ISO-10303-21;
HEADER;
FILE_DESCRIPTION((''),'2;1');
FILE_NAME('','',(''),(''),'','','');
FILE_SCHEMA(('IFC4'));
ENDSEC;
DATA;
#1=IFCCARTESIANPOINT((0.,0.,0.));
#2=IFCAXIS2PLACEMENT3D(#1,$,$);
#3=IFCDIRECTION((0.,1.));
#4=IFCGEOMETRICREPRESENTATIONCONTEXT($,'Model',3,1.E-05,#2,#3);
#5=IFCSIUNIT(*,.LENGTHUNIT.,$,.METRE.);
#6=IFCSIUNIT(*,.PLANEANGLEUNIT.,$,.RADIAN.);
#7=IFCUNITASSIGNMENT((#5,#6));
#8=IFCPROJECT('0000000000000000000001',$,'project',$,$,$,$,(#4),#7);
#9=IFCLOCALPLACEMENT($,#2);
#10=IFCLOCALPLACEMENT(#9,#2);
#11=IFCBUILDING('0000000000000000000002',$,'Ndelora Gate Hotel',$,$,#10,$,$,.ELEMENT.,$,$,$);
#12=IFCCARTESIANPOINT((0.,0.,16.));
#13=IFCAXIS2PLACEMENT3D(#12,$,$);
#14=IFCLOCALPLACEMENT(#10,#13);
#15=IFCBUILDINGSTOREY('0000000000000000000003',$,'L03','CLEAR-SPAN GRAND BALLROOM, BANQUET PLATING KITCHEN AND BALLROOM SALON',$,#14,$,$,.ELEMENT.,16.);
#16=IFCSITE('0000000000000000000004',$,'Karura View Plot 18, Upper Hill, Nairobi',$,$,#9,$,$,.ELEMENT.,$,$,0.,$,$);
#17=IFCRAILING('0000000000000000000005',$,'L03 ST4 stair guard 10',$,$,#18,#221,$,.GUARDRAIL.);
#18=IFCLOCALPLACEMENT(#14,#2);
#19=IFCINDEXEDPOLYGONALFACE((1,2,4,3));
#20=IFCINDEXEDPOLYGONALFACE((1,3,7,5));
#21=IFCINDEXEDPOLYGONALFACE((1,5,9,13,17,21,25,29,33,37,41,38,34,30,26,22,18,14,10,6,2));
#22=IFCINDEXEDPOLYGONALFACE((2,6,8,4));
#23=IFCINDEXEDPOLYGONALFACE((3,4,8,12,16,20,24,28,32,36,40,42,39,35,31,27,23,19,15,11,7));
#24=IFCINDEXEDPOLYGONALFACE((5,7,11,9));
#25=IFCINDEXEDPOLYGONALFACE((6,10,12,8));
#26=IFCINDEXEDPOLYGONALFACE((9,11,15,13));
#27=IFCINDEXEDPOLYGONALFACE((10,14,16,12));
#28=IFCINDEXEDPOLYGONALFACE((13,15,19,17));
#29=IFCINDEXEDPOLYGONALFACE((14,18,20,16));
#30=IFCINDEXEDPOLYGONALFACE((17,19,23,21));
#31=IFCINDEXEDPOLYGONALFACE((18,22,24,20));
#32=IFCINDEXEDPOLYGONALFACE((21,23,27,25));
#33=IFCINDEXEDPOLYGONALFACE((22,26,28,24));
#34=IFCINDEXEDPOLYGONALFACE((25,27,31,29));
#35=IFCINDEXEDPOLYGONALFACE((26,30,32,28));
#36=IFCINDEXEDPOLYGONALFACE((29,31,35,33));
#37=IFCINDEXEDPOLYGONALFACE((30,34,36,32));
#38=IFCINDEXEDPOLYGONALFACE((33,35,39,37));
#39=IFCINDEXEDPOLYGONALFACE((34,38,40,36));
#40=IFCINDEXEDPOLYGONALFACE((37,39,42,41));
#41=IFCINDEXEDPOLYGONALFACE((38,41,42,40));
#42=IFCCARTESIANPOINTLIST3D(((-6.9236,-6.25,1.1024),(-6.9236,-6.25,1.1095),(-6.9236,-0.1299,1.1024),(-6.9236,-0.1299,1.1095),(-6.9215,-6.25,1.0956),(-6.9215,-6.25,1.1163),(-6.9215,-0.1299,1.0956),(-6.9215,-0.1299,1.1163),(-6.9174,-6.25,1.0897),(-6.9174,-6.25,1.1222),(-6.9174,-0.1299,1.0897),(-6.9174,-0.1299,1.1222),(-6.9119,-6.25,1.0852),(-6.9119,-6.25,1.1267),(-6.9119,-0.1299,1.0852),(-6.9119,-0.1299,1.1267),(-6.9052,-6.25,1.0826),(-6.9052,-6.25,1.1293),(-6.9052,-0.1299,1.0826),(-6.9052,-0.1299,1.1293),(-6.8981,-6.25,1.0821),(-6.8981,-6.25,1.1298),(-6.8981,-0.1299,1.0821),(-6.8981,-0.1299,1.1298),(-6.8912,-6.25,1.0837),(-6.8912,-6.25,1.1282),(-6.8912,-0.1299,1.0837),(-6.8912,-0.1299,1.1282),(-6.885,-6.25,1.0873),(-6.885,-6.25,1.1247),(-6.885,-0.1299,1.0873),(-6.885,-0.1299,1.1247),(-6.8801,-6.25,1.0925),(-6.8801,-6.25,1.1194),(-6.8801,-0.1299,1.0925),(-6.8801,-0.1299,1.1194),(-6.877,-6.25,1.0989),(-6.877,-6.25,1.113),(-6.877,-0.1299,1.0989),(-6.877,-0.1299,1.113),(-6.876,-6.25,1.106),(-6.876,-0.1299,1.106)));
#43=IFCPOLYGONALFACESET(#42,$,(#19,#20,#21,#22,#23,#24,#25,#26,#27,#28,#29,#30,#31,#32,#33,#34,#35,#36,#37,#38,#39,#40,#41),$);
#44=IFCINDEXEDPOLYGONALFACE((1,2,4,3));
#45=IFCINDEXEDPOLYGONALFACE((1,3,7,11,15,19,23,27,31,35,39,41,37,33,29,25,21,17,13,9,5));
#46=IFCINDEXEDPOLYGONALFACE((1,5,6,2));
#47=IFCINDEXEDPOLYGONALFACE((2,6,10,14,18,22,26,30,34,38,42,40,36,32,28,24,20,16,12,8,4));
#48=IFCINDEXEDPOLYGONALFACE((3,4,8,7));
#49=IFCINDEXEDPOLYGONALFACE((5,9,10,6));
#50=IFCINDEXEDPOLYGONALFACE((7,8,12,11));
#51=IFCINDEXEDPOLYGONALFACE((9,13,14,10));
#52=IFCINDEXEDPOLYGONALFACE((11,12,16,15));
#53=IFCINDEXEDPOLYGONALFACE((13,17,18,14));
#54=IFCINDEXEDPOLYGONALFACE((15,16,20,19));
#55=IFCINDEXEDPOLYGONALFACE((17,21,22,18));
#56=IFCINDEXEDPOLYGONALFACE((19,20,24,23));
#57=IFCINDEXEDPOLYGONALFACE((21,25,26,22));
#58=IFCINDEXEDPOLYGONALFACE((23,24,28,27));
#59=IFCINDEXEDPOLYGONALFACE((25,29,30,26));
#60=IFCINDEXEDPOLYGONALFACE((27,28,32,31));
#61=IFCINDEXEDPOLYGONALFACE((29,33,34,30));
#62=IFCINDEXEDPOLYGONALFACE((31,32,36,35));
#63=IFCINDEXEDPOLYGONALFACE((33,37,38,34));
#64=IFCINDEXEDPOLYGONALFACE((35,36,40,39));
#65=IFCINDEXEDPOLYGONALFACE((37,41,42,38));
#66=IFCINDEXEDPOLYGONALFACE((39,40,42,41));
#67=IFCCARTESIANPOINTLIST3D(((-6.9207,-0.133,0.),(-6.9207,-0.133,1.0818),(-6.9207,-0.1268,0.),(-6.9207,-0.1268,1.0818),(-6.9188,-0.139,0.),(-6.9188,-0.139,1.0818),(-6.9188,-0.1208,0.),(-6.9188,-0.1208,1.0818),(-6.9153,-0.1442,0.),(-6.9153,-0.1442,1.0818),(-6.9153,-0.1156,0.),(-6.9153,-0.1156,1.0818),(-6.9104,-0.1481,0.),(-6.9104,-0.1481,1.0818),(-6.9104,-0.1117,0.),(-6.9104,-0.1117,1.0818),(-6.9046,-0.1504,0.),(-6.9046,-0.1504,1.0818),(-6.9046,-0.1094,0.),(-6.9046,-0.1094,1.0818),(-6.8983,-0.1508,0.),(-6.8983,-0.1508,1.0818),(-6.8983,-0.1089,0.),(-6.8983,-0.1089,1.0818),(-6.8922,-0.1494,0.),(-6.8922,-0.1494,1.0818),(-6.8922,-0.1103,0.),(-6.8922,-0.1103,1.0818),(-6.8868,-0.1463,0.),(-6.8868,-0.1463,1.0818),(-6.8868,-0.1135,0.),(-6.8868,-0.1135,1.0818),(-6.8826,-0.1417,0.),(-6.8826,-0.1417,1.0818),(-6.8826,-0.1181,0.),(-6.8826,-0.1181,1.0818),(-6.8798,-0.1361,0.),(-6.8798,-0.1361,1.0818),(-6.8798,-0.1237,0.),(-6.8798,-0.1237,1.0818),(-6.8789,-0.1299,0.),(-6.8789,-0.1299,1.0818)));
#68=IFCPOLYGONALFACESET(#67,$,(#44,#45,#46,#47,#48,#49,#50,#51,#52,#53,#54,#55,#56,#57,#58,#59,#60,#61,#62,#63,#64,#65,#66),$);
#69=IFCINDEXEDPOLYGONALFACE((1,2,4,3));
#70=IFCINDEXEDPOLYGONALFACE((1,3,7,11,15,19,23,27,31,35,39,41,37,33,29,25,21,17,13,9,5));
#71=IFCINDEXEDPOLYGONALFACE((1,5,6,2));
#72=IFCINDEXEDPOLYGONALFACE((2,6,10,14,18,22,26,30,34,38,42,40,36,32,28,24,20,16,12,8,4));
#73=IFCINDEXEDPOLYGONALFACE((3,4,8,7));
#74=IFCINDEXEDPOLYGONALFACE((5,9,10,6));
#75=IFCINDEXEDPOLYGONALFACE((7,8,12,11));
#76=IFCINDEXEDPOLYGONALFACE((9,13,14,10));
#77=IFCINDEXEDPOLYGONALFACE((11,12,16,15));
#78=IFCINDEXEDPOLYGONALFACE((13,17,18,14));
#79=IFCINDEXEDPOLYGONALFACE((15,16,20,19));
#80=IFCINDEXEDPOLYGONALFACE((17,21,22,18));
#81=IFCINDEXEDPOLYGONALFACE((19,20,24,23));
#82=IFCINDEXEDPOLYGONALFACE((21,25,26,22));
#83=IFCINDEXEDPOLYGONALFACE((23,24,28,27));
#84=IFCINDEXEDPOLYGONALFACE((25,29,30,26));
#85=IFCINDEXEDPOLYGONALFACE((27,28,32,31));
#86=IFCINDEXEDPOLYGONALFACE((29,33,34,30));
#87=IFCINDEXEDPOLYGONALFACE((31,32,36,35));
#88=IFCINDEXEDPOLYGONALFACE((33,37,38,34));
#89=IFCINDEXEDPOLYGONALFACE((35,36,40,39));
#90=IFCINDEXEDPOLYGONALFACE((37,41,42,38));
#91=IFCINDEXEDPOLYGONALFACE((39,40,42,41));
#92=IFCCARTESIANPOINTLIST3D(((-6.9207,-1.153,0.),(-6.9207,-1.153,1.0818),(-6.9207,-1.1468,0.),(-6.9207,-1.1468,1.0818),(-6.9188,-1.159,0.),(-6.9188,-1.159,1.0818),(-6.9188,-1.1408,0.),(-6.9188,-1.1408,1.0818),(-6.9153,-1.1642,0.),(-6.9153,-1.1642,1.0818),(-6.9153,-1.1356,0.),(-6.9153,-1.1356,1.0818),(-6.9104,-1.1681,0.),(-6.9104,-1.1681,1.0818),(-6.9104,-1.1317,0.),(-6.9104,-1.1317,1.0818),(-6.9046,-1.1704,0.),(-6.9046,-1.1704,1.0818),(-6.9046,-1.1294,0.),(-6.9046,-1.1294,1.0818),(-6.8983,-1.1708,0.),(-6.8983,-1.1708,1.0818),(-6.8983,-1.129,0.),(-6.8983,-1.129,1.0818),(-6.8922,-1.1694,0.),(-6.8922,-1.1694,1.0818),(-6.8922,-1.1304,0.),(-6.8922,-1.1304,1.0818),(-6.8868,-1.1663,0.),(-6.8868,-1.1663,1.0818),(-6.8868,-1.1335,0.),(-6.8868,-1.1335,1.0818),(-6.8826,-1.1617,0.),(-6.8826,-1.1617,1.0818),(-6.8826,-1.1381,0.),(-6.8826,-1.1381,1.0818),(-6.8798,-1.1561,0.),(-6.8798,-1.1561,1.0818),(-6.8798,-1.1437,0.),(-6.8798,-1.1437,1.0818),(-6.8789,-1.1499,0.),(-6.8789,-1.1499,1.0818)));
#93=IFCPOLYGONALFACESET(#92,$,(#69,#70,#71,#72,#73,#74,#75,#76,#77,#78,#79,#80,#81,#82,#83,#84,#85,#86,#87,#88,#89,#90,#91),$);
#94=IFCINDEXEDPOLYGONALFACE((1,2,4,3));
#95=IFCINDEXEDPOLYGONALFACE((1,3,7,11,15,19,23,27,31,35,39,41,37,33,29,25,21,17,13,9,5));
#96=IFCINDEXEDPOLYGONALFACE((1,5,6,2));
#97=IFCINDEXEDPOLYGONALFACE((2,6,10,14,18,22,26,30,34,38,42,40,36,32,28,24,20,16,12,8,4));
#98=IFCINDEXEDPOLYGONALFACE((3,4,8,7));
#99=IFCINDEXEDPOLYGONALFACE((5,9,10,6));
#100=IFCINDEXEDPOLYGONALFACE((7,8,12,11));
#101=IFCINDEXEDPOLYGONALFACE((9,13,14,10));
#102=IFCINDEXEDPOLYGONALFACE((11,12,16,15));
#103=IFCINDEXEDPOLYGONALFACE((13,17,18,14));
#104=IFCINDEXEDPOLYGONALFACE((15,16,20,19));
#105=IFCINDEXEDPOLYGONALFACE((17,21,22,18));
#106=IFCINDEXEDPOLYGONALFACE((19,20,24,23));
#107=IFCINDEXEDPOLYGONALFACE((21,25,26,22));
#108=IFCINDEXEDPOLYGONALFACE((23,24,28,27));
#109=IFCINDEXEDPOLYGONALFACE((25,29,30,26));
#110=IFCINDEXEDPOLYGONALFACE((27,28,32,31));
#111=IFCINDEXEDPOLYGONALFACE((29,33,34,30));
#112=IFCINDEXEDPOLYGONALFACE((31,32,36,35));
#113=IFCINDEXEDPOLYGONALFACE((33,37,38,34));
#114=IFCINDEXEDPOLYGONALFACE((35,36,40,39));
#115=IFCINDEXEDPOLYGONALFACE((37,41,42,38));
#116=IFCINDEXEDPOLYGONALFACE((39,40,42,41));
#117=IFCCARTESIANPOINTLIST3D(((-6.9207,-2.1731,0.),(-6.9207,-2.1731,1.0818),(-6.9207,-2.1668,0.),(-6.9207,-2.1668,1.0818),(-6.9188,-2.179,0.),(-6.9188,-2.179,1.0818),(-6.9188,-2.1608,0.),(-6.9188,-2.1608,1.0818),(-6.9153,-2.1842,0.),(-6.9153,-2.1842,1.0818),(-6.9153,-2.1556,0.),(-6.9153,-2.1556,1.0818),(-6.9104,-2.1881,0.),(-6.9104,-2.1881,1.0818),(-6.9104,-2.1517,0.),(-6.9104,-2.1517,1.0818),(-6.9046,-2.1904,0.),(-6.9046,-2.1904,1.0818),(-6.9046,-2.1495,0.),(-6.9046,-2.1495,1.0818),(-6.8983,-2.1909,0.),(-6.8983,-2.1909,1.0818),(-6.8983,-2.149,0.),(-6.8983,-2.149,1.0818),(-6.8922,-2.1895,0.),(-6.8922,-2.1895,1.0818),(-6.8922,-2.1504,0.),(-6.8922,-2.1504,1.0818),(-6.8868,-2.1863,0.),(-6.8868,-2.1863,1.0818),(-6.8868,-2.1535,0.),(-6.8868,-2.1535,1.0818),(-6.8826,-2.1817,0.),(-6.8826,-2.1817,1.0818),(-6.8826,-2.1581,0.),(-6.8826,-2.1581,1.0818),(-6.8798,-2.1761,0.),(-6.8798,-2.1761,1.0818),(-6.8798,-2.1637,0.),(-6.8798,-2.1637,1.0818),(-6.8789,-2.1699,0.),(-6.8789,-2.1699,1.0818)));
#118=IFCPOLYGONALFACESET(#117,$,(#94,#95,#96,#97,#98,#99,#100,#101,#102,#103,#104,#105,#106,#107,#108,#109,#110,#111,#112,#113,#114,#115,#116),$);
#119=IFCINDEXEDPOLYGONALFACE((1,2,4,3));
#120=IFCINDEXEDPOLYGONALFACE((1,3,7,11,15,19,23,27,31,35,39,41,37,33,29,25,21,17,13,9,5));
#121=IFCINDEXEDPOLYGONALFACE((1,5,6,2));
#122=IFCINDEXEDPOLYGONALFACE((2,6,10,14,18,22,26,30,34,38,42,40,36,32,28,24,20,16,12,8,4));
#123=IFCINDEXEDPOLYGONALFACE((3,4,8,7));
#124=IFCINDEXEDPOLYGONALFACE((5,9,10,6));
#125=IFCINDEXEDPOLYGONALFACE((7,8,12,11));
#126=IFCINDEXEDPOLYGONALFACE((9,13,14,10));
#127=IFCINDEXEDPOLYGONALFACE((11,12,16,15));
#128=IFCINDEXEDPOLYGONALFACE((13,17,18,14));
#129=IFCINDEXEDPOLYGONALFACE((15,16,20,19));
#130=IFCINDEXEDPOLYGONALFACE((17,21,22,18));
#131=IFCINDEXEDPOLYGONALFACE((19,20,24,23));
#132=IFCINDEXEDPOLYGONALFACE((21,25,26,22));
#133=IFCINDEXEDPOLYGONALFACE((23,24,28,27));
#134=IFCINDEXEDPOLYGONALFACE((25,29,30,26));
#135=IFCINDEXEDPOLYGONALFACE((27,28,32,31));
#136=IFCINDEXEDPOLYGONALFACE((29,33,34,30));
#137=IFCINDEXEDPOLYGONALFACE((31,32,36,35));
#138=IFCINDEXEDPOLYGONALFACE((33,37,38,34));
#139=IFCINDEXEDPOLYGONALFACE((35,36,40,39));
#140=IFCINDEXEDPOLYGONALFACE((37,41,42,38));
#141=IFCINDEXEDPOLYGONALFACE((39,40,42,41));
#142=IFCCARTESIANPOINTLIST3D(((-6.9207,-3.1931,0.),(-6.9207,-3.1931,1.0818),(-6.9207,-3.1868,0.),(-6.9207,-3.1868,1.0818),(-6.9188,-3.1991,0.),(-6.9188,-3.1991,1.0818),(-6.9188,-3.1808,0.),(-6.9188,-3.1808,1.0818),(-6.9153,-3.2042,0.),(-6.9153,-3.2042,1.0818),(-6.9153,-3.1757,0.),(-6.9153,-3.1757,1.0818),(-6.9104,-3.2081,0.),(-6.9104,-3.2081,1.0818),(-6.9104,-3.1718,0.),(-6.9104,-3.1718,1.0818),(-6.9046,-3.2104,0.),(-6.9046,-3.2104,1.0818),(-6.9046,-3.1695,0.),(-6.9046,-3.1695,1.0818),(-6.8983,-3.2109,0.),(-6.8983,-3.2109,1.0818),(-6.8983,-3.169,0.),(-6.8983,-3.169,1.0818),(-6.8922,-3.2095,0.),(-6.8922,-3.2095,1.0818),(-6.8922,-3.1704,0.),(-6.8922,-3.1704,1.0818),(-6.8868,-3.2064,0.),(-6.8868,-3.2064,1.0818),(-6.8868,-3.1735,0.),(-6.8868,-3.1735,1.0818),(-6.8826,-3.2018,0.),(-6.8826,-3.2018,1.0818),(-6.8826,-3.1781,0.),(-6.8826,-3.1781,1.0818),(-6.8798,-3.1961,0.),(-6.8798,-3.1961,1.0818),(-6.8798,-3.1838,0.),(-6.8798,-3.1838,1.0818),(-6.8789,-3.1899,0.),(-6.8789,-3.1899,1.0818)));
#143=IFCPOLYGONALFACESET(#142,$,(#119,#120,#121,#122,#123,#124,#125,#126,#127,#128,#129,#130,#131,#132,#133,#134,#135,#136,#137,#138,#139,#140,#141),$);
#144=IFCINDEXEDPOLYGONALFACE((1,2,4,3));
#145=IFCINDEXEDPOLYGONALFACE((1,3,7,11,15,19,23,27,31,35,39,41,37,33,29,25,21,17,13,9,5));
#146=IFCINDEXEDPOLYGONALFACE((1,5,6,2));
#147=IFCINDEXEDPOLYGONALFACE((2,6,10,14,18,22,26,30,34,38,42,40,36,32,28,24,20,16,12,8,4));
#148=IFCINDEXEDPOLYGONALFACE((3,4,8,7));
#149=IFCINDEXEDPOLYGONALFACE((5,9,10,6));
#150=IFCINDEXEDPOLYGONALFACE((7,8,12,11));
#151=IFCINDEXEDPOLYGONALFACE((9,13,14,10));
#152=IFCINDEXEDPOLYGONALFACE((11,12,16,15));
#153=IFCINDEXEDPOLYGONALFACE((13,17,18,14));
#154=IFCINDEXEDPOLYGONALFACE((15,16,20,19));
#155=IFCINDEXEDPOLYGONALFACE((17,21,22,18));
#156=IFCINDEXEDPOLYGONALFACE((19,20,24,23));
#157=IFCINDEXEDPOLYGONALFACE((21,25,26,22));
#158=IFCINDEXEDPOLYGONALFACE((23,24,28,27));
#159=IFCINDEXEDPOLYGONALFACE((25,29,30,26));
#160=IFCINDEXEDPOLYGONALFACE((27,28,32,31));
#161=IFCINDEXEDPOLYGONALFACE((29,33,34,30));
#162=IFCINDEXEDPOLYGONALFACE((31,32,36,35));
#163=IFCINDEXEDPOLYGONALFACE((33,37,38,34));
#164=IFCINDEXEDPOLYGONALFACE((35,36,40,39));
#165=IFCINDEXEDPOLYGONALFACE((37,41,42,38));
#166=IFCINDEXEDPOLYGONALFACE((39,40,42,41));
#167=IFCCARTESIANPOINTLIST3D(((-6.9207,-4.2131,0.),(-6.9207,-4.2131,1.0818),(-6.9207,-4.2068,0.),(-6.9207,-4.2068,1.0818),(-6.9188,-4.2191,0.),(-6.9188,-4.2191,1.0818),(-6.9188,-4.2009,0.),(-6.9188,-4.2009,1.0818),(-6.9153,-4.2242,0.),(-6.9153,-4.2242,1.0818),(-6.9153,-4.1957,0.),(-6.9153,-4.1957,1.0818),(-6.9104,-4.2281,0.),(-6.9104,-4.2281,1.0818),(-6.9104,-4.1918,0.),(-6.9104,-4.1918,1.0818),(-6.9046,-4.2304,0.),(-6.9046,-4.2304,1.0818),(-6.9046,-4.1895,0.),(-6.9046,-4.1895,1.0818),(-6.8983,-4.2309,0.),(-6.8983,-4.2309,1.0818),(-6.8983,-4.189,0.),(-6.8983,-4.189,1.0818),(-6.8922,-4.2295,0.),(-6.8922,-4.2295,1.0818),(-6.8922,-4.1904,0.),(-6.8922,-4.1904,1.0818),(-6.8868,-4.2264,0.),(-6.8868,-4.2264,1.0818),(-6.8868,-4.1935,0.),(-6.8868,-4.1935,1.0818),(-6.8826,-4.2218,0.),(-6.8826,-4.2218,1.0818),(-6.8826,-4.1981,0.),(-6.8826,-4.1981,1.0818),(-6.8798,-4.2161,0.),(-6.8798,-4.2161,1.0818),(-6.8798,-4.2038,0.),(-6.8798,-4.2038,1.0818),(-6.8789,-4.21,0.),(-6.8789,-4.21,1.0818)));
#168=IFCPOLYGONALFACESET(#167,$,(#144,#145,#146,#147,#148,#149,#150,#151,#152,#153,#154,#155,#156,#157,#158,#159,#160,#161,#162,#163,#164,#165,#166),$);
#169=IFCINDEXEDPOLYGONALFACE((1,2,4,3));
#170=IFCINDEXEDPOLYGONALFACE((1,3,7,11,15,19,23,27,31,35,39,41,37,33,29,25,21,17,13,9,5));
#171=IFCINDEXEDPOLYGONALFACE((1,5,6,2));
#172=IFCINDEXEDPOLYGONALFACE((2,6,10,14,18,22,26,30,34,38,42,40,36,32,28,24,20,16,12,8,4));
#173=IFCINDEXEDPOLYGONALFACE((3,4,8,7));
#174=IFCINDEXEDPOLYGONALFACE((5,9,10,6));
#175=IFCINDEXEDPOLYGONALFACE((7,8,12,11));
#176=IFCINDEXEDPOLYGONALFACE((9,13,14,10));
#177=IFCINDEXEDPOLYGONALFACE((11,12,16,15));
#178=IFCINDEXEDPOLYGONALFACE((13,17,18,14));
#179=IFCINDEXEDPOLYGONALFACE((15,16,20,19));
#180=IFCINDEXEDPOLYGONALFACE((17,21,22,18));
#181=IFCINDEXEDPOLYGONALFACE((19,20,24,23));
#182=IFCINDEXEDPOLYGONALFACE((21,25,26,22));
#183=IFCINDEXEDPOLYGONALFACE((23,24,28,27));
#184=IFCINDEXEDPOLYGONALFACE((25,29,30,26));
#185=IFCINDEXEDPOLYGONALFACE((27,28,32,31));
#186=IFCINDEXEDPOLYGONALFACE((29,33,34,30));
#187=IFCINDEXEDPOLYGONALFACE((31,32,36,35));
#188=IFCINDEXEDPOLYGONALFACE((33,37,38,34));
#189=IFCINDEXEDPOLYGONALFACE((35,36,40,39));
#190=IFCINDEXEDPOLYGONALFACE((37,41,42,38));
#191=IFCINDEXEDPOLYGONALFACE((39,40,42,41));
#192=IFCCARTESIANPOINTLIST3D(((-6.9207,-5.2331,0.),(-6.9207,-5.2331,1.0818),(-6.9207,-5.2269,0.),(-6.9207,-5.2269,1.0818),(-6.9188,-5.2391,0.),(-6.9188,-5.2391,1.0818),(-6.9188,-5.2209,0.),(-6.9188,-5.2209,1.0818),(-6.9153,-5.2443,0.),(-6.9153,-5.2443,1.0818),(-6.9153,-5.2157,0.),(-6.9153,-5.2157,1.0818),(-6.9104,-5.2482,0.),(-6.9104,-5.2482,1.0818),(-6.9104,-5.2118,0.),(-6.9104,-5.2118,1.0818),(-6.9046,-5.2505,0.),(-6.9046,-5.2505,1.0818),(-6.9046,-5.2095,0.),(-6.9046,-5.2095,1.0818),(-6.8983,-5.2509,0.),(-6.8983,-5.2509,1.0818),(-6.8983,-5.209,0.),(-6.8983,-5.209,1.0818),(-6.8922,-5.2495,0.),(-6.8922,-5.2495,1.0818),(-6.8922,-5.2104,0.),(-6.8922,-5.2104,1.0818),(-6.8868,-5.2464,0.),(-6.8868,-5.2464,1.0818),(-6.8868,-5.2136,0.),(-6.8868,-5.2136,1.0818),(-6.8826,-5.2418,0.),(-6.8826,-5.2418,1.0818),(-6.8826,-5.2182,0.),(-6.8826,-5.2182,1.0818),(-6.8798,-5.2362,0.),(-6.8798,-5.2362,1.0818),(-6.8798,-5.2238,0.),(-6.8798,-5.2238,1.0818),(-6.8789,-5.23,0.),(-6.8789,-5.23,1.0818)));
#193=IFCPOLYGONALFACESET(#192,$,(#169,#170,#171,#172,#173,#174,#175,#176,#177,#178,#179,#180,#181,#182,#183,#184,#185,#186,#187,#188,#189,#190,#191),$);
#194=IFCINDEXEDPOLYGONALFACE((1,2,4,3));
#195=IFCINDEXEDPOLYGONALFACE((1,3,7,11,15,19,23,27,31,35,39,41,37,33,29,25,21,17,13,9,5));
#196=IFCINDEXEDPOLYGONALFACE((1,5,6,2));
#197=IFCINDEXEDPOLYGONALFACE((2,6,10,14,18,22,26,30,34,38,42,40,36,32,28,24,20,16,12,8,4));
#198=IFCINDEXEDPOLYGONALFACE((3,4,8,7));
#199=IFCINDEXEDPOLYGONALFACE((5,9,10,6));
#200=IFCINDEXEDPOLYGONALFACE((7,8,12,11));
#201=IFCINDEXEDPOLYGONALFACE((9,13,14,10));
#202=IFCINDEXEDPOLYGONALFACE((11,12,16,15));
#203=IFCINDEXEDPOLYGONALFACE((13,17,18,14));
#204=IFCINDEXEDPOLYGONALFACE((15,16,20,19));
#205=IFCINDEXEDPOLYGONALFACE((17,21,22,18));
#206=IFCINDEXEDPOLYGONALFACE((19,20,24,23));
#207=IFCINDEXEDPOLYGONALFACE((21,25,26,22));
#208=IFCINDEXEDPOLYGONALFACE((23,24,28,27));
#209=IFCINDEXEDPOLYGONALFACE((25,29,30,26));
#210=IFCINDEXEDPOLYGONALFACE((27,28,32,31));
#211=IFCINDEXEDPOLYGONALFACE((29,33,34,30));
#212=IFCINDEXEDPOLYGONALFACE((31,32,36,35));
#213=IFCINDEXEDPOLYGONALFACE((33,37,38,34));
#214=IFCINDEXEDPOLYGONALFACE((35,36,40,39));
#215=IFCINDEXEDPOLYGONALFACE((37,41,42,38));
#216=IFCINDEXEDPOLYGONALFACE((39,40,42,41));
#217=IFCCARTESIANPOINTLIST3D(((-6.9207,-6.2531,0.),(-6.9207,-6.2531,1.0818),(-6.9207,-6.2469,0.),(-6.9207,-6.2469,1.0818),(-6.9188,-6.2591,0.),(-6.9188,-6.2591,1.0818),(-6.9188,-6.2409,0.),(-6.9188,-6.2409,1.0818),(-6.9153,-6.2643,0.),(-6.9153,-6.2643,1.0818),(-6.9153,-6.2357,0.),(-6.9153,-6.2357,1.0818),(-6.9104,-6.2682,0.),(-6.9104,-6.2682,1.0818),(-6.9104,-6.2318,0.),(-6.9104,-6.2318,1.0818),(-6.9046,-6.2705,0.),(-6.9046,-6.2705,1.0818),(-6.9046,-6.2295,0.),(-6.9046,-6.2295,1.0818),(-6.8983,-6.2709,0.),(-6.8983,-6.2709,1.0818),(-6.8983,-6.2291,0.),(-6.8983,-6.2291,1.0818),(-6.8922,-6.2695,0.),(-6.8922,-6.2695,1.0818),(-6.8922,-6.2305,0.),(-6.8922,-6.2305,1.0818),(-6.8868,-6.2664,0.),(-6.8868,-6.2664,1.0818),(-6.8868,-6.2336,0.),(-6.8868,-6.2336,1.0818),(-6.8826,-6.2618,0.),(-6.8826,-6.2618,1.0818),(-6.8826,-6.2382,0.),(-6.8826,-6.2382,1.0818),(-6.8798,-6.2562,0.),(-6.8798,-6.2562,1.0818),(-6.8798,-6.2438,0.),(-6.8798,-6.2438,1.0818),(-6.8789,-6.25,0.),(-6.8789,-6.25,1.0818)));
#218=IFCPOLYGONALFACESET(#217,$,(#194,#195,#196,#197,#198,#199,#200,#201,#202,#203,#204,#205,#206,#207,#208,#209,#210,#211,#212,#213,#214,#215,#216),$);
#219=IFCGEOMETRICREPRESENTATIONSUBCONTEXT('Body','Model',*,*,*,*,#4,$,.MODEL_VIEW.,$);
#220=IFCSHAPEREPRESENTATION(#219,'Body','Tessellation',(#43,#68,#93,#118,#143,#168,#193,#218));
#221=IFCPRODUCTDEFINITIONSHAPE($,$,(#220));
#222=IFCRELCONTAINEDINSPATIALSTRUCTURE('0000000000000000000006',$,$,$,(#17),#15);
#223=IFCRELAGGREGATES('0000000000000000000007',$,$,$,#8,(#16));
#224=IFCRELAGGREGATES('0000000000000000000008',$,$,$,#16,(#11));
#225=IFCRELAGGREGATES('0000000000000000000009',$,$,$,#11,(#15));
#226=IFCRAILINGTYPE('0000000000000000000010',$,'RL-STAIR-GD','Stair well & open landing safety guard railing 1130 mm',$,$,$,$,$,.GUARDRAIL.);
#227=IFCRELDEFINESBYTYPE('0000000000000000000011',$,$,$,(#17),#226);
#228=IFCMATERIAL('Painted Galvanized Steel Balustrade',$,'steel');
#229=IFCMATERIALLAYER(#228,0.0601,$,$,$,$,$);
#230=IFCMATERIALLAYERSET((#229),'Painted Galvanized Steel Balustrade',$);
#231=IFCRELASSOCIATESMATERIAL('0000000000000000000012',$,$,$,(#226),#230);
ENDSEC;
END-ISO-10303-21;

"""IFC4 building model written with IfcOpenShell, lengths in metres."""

from ifc_helpers import new_model, si_unit, direction, frame, origin, origin_2d, place, context, subcontext, project, spatial, circle, extrude, material, layer, layer_set, type_object, element, save


model = new_model("IFC4")

# Units and contexts
model_context = context("Model", 3, precision=1e-05, world=origin(), true_north=direction((0.0, 1.0)))
body_context = subcontext(model_context, "Body", "Model", "MODEL_VIEW")
ifc_project = project(units=[si_unit("LENGTHUNIT", "METRE"), si_unit("PLANEANGLEUNIT", "RADIAN")], contexts=[model_context])

# Site, building, storey
site_placement = place(None, origin())
site = spatial("IfcSite", under=ifc_project, at=site_placement, Name="Karura View Plot 18, Upper Hill, Nairobi", CompositionType="ELEMENT", RefElevation=0.0)
building_placement = place(site_placement, origin())
building = spatial("IfcBuilding", under=site, at=building_placement, Name="Ndelora Gate Hotel", CompositionType="ELEMENT")
storey_placement = place(building_placement, frame((0.0, 0.0, 16.0)))
storey = spatial("IfcBuildingStorey", under=building, at=storey_placement, Name="L03", Description="CLEAR-SPAN GRAND BALLROOM, BANQUET PLATING KITCHEN AND BALLROOM SALON", CompositionType="ELEMENT", Elevation=16.0)

# Railing
ifc_material_1 = material(Name="Painted Galvanized Steel Balustrade", Category="steel")
ifc_layer_1 = layer(ifc_material_1, 0.0601)
ifc_layer_set_1 = layer_set([ifc_layer_1], Name="Painted Galvanized Steel Balustrade")
railing_type_1 = type_object("IfcRailingType", Name="RL-STAIR-GD", Description="Stair well & open landing safety guard railing 1130 mm", PredefinedType="GUARDRAIL", material=ifc_layer_set_1)
railing_1_placement = place(storey_placement, frame((-6.8999, -0.1299, 0.0)))
element("IfcRailing", 1, at=railing_1_placement, inside=storey, type_object=railing_type_1, Name="L03 ST4 stair guard 10", PredefinedType="GUARDRAIL", context=body_context, shape_type="SweptSolid", body=[
    extrude(circle(Radius=0.0239, at=origin_2d()), frame((0.0, 0.0, 1.106), z_axis=(0.0, -1.0, 0.0), x_axis=(1.0, 0.0, 0.0)), (0.0, 0.0, 1.0), 6.1201),
    extrude(circle(Radius=0.021, at=origin_2d()), origin(), (0.0, 0.0, 1.0), 1.0818),
    extrude(circle(Radius=0.021, at=origin_2d()), frame((0.0, -1.02, 0.0)), (0.0, 0.0, 1.0), 1.0818),
    extrude(circle(Radius=0.021, at=origin_2d()), frame((0.0, -2.04, 0.0)), (0.0, 0.0, 1.0), 1.0818),
    extrude(circle(Radius=0.021, at=origin_2d()), frame((0.0, -3.0601, 0.0)), (0.0, 0.0, 1.0), 1.0818),
    extrude(circle(Radius=0.021, at=origin_2d()), frame((0.0, -4.0801, 0.0)), (0.0, 0.0, 1.0), 1.0818),
    extrude(circle(Radius=0.021, at=origin_2d()), frame((0.0, -5.1001, 0.0)), (0.0, 0.0, 1.0), 1.0818),
    extrude(circle(Radius=0.021, at=origin_2d()), frame((0.0, -6.1201, 0.0)), (0.0, 0.0, 1.0), 1.0818),
])

save(model, "model.ifc")
